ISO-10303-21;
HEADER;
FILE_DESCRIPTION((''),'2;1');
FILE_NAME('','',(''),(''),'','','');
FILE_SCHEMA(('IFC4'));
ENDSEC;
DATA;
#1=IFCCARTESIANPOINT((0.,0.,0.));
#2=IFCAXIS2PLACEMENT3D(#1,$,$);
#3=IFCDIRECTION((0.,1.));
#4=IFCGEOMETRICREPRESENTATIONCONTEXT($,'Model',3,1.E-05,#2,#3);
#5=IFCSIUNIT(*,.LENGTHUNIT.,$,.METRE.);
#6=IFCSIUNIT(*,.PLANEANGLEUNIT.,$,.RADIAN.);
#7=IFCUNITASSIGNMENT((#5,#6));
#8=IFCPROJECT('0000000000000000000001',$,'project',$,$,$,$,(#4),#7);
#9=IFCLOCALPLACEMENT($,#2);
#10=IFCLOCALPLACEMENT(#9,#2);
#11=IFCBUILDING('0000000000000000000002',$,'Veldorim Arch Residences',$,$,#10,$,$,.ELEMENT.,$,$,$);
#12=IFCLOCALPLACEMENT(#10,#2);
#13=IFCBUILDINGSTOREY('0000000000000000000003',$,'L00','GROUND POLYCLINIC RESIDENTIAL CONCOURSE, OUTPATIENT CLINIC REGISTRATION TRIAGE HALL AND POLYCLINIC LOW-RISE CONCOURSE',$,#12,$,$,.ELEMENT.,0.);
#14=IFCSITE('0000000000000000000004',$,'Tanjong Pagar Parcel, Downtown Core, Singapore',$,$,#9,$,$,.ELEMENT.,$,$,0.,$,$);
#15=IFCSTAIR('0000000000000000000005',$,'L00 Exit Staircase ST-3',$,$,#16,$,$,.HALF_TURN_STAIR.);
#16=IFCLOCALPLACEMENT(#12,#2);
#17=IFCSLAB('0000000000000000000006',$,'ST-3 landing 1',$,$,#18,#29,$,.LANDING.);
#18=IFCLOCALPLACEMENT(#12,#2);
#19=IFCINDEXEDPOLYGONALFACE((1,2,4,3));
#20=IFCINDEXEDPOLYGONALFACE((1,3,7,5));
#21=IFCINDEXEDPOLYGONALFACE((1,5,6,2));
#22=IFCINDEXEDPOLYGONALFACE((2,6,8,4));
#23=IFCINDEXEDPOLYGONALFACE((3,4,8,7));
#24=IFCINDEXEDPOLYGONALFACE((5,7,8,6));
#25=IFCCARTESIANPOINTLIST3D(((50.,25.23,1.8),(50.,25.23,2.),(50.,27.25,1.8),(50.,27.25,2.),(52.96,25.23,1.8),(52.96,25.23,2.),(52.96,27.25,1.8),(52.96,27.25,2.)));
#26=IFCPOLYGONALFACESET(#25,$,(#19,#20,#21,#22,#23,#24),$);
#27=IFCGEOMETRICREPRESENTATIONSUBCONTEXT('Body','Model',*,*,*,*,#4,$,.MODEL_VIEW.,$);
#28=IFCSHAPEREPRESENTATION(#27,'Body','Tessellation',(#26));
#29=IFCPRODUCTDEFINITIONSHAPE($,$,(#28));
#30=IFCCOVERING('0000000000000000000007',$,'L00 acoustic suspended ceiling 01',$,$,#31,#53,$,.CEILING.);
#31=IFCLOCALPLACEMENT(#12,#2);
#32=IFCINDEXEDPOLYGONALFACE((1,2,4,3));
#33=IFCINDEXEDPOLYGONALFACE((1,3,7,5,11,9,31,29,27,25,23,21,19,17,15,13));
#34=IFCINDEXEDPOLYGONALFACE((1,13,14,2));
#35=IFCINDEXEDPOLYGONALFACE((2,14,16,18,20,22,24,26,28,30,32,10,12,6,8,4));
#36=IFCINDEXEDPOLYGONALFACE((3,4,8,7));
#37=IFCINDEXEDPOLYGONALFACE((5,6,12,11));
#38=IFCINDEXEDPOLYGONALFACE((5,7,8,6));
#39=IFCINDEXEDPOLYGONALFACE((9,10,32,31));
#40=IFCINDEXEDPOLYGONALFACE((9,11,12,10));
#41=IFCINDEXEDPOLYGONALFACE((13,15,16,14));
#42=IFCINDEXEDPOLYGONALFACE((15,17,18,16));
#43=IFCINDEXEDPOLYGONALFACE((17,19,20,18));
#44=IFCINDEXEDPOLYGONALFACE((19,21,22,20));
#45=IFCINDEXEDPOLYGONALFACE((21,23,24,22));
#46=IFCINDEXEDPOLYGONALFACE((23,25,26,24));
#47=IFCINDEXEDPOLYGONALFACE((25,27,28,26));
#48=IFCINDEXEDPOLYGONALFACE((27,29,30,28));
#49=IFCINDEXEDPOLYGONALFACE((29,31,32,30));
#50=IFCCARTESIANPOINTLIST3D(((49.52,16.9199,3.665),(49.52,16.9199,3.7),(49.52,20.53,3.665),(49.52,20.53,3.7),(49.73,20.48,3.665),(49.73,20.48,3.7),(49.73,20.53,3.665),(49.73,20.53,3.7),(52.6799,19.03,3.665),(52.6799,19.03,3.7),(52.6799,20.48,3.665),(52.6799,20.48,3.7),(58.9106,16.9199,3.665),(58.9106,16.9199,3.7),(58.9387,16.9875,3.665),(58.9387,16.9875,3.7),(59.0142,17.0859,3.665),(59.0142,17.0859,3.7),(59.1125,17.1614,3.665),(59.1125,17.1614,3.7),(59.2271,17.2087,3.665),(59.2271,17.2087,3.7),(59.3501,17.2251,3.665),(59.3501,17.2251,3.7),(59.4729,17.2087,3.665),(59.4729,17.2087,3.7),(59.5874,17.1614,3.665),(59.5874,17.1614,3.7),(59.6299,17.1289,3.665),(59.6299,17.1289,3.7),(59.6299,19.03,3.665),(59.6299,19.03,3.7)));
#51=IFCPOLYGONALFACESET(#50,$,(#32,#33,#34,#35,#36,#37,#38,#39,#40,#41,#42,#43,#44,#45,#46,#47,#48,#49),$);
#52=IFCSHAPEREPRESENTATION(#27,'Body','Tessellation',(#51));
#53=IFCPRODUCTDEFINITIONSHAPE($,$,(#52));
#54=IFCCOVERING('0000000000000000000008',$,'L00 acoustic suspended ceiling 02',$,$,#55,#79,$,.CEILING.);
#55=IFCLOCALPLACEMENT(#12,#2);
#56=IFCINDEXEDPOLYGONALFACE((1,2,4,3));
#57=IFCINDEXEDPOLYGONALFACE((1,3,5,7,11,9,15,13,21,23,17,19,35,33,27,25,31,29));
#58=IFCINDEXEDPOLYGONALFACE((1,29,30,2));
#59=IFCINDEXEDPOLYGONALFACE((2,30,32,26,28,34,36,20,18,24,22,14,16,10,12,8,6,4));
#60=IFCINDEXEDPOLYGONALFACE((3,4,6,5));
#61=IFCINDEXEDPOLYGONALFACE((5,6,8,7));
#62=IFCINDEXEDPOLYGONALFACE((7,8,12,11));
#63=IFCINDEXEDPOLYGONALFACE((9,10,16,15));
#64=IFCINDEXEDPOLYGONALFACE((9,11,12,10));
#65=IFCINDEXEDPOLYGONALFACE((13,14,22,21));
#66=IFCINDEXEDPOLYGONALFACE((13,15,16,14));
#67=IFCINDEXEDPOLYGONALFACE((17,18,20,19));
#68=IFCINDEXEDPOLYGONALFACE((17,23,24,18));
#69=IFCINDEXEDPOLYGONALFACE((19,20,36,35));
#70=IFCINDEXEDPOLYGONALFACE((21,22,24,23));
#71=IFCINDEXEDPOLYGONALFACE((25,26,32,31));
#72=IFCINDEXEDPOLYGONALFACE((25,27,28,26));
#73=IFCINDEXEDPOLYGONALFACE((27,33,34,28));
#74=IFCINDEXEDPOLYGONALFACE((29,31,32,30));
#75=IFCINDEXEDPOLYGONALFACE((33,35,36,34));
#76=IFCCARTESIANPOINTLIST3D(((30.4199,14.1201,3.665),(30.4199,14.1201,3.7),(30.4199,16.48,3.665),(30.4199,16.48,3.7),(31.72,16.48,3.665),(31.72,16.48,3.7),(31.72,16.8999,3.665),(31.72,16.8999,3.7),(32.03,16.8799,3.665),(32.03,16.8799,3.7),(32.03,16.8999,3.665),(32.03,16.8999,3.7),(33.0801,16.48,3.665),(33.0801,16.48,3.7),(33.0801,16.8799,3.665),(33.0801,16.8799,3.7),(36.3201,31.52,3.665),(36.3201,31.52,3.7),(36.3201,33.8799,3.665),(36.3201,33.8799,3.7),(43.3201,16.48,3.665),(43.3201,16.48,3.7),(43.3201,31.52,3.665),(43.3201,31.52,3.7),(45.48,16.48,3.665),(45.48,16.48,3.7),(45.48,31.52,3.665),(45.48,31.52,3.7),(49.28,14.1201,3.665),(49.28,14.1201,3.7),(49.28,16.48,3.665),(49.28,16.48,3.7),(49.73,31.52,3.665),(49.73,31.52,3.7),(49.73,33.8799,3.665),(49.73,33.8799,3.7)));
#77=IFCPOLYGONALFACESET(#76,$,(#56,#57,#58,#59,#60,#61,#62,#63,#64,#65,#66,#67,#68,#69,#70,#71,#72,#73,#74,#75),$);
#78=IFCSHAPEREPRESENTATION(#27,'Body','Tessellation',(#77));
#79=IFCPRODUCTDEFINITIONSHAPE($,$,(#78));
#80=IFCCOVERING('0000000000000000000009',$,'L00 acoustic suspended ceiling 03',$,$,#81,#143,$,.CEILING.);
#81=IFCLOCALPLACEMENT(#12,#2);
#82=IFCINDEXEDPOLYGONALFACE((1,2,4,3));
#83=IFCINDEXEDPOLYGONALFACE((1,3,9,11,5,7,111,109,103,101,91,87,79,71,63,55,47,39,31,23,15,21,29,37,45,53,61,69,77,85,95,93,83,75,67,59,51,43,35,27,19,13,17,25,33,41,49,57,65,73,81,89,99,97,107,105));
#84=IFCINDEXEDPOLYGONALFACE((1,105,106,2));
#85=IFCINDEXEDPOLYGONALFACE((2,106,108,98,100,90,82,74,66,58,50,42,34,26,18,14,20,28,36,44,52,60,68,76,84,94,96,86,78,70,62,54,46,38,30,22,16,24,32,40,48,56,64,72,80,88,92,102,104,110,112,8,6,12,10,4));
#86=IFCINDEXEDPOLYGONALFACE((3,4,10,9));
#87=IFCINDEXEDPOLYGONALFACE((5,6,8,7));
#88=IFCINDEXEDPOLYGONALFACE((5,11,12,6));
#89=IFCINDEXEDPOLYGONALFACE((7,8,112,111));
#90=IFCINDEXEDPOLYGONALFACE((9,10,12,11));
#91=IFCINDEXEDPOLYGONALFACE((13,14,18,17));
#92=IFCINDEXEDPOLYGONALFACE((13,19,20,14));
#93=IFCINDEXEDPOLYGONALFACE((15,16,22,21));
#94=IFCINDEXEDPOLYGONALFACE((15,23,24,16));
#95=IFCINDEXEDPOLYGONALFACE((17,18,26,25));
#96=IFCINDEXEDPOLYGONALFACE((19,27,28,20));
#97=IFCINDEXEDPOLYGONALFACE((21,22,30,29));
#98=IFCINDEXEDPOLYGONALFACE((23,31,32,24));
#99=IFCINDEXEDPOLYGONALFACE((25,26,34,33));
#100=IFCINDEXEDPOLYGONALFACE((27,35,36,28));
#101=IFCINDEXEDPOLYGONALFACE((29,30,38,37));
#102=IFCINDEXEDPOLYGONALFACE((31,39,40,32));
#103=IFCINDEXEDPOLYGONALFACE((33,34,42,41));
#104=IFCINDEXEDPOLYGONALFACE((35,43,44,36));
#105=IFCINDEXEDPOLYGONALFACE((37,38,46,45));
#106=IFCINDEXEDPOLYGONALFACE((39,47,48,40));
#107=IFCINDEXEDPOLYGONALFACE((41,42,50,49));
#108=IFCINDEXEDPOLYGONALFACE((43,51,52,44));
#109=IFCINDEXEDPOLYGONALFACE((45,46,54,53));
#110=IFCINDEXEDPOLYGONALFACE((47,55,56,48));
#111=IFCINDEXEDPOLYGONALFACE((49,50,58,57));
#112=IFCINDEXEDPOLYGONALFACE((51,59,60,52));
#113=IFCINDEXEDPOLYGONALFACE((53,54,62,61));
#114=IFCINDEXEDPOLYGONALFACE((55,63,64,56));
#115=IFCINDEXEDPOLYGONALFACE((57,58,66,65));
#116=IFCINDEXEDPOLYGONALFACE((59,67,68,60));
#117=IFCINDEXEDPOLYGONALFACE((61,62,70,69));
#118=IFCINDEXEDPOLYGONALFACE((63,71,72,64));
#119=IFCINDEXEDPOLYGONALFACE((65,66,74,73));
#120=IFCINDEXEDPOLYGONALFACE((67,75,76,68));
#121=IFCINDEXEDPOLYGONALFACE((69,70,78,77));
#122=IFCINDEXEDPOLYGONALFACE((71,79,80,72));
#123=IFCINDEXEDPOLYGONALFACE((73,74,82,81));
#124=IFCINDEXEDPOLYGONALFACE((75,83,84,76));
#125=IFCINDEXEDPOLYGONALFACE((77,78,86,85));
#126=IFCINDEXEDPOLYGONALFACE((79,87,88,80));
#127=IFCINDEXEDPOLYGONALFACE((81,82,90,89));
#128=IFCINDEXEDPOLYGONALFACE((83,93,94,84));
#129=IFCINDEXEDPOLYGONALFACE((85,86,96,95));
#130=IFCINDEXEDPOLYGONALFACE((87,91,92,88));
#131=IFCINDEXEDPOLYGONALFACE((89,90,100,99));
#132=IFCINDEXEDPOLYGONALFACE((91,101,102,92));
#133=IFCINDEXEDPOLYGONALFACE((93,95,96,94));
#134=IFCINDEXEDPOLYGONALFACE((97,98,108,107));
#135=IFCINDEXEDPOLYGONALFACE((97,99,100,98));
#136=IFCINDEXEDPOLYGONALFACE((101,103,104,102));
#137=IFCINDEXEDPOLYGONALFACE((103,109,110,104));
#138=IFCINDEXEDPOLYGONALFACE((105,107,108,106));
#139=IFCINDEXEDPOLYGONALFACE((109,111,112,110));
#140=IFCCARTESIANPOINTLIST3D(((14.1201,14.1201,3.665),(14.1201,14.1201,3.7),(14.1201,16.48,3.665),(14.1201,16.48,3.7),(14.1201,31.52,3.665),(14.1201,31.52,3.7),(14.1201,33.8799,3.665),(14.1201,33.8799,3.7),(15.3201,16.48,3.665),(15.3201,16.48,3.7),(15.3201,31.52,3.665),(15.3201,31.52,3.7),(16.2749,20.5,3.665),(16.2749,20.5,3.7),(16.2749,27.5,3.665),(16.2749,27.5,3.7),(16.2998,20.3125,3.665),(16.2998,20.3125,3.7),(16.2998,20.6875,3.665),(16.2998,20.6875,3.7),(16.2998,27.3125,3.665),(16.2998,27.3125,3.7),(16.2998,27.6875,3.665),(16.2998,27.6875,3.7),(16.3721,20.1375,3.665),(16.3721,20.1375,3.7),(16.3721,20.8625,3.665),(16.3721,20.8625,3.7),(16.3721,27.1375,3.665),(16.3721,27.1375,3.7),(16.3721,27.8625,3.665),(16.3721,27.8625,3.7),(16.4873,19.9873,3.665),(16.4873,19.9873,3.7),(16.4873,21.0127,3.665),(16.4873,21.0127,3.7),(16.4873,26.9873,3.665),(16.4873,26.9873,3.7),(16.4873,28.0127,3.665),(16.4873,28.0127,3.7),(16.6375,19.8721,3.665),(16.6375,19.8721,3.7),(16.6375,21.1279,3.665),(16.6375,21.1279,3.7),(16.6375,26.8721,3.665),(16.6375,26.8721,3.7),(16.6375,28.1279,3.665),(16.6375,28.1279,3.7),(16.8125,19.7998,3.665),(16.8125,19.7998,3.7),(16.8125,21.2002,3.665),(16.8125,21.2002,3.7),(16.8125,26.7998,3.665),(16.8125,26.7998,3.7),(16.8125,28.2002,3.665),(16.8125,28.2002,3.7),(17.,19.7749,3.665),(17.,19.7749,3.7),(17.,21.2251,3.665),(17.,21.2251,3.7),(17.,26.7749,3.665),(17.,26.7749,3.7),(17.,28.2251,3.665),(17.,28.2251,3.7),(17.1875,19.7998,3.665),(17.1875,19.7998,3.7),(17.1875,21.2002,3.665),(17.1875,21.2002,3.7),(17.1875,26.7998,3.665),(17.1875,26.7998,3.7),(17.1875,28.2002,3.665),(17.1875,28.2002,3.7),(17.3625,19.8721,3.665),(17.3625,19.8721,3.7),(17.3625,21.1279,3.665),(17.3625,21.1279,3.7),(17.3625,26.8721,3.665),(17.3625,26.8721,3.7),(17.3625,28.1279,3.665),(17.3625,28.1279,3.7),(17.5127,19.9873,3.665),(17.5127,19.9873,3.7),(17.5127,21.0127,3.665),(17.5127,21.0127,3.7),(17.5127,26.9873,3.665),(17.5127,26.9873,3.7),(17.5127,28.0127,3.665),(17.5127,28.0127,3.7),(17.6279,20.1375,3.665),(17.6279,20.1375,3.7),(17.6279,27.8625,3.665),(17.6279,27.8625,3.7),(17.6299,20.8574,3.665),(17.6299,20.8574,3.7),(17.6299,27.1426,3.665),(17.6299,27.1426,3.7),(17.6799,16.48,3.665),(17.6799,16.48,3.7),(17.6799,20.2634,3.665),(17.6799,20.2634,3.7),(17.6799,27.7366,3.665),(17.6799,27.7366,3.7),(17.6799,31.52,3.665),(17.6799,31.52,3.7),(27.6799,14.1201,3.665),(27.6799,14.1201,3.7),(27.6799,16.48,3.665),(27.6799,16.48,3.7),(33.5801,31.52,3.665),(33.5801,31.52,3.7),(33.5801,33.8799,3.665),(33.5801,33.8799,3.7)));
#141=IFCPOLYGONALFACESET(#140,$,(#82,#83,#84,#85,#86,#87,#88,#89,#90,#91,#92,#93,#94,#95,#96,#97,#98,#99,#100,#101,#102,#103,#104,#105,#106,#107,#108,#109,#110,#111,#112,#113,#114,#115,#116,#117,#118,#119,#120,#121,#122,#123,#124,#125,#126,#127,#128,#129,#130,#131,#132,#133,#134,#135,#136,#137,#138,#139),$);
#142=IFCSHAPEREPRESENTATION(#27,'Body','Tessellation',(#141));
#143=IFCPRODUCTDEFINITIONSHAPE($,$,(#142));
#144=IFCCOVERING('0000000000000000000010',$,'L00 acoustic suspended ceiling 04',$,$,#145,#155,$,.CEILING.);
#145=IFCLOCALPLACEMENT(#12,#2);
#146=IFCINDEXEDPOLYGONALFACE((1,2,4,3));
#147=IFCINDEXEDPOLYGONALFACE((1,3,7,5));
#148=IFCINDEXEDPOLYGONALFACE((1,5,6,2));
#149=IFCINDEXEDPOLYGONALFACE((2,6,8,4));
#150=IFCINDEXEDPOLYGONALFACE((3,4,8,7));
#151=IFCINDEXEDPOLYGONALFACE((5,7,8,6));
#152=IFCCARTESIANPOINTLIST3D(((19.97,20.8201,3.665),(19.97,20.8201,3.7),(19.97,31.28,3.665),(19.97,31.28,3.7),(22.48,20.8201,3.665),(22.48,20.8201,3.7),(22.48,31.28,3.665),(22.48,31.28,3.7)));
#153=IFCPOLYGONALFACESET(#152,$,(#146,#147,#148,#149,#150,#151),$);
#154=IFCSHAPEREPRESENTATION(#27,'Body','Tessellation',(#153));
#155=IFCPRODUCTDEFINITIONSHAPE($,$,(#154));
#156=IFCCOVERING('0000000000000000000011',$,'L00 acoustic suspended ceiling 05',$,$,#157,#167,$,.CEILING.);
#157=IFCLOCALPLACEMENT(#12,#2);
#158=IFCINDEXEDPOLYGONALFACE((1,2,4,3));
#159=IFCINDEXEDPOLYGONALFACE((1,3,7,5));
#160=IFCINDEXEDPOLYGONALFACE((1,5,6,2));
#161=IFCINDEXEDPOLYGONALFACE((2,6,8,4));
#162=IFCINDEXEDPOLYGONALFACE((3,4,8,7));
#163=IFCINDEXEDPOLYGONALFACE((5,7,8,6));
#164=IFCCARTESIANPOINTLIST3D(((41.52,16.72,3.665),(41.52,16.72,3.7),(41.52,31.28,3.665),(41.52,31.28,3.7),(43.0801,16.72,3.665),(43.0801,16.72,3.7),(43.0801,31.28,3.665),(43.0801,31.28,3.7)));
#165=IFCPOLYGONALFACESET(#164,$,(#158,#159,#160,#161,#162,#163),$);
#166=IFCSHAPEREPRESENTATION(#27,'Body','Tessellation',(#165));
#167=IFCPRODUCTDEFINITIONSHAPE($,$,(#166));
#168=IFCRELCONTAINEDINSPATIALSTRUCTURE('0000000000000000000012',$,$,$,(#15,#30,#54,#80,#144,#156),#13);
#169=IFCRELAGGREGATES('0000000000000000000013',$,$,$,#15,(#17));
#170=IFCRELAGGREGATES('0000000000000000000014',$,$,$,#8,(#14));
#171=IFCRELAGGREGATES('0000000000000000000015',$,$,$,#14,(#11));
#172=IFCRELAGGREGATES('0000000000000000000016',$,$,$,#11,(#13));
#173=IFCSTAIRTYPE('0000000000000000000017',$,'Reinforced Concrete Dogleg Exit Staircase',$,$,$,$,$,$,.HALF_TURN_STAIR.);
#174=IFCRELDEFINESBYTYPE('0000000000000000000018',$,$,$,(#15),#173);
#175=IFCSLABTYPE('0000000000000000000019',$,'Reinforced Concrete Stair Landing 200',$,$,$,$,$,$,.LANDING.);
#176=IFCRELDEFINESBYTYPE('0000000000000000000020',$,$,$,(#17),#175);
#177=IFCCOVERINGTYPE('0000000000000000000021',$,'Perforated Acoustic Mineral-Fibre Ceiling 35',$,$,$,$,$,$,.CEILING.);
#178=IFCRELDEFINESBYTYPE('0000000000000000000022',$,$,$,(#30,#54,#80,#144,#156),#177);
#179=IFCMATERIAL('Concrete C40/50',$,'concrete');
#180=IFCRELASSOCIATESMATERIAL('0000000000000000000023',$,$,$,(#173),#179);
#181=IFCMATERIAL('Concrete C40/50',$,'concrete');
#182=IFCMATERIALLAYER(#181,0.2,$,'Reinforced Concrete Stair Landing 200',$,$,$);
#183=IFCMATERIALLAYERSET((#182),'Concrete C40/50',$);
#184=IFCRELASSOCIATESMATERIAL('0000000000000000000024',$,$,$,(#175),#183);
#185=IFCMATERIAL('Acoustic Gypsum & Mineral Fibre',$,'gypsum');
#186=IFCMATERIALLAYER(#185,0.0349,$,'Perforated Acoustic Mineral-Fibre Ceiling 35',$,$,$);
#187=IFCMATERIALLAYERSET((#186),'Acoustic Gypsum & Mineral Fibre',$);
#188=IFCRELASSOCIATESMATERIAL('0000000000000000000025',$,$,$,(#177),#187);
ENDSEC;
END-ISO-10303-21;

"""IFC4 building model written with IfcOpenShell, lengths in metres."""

from ifc_helpers import new_model, si_unit, direction, frame, origin, place, context, subcontext, project, spatial, polyline, outline, extrude, material, layer, layer_set, type_object, element, aggregate, save


model = new_model("IFC4")

# Units and contexts
model_context = context("Model", 3, precision=1e-05, world=origin(), true_north=direction((0.0, 1.0)))
body_context = subcontext(model_context, "Body", "Model", "MODEL_VIEW")
ifc_project = project(units=[si_unit("LENGTHUNIT", "METRE"), si_unit("PLANEANGLEUNIT", "RADIAN")], contexts=[model_context])

# Site, building, storey
site_placement = place(None, origin())
site = spatial("IfcSite", under=ifc_project, at=site_placement, Name="Tanjong Pagar Parcel, Downtown Core, Singapore", CompositionType="ELEMENT", RefElevation=0.0)
building_placement = place(site_placement, origin())
building = spatial("IfcBuilding", under=site, at=building_placement, Name="Veldorim Arch Residences", CompositionType="ELEMENT")
storey_placement = place(building_placement, origin())
storey = spatial("IfcBuildingStorey", under=building, at=storey_placement, Name="L00", Description="GROUND POLYCLINIC RESIDENTIAL CONCOURSE, OUTPATIENT CLINIC REGISTRATION TRIAGE HALL AND POLYCLINIC LOW-RISE CONCOURSE", CompositionType="ELEMENT", Elevation=0.0)

# Stair, slab
ifc_material_1 = material(Name="Concrete C40/50", Category="concrete")
stair_type = type_object("IfcStairType", Name="Reinforced Concrete Dogleg Exit Staircase", PredefinedType="HALF_TURN_STAIR", material=ifc_material_1)
ifc_material_2 = material(Name="Concrete C40/50", Category="concrete")
ifc_layer_1 = layer(ifc_material_2, 0.2, Name="Reinforced Concrete Stair Landing 200")
ifc_layer_set_1 = layer_set([ifc_layer_1], Name="Concrete C40/50")
slab_type_1 = type_object("IfcSlabType", Name="Reinforced Concrete Stair Landing 200", PredefinedType="LANDING", material=ifc_layer_set_1)
stair_1_placement = place(storey_placement, origin())
stair_1 = element("IfcStair", 1, at=stair_1_placement, inside=storey, type_object=stair_type, Name="L00 Exit Staircase ST-3", PredefinedType="HALF_TURN_STAIR")
slab_1_placement = place(storey_placement, frame((0.0, 0.0, 1.8)))
slab_1 = element("IfcSlab", 2, at=slab_1_placement, type_object=slab_type_1, Name="ST-3 landing 1", PredefinedType="LANDING", context=body_context, shape_type="SweptSolid", body=[
    extrude(outline(polyline([(52.96, 25.23), (52.96, 27.25), (50.0, 27.25), (50.0, 25.23), (52.96, 25.23)])), origin(), (0.0, 0.0, 1.0), 0.2),
])
aggregate(stair_1, [slab_1])

# Coverings
ifc_material_3 = material(Name="Acoustic Gypsum & Mineral Fibre", Category="gypsum")
ifc_layer_2 = layer(ifc_material_3, 0.0349, Name="Perforated Acoustic Mineral-Fibre Ceiling 35")
ifc_layer_set_2 = layer_set([ifc_layer_2], Name="Acoustic Gypsum & Mineral Fibre")
covering_type_1 = type_object("IfcCoveringType", Name="Perforated Acoustic Mineral-Fibre Ceiling 35", PredefinedType="CEILING", material=ifc_layer_set_2)
covering_1_placement = place(storey_placement, frame((0.0, 0.0, 3.665)))
element("IfcCovering", 3, at=covering_1_placement, inside=storey, type_object=covering_type_1, Name="L00 acoustic suspended ceiling 01", PredefinedType="CEILING", context=body_context, shape_type="SweptSolid", body=[
    extrude(outline(polyline([(49.52, 20.53), (49.73, 20.53), (49.73, 20.48), (52.6799, 20.48), (52.6799, 19.03), (59.6299, 19.03), (59.6299, 17.1289), (59.5874, 17.1614), (59.4729, 17.2087), (59.3501, 17.2251), (59.2271, 17.2087), (59.1125, 17.1614), (59.0142, 17.0859), (58.9387, 16.9875), (58.9106, 16.9199), (49.52, 16.9199), (49.52, 20.53)])), origin(), (0.0, 0.0, 1.0), 0.0349),
])
covering_2_placement = place(storey_placement, frame((0.0, 0.0, 3.665)))
element("IfcCovering", 4, at=covering_2_placement, inside=storey, type_object=covering_type_1, Name="L00 acoustic suspended ceiling 02", PredefinedType="CEILING", context=body_context, shape_type="SweptSolid", body=[
    extrude(outline(polyline([(32.03, 16.8799), (33.0801, 16.8799), (33.0801, 16.48), (43.3201, 16.48), (43.3201, 31.52), (36.3201, 31.52), (36.3201, 33.8799), (49.73, 33.8799), (49.73, 31.52), (45.48, 31.52), (45.48, 16.48), (49.28, 16.48), (49.28, 14.1201), (30.4199, 14.1201), (30.4199, 16.48), (31.72, 16.48), (31.72, 16.8999), (32.03, 16.8999), (32.03, 16.8799)])), origin(), (0.0, 0.0, 1.0), 0.0349),
])
covering_3_placement = place(storey_placement, frame((0.0, 0.0, 3.665)))
element("IfcCovering", 5, at=covering_3_placement, inside=storey, type_object=covering_type_1, Name="L00 acoustic suspended ceiling 03", PredefinedType="CEILING", context=body_context, shape_type="SweptSolid", body=[
    extrude(outline(polyline([(17.6799, 16.48), (27.6799, 16.48), (27.6799, 14.1201), (14.1201, 14.1201), (14.1201, 16.48), (15.3201, 16.48), (15.3201, 31.52), (14.1201, 31.52), (14.1201, 33.8799), (33.5801, 33.8799), (33.5801, 31.52), (17.6799, 31.52), (17.6799, 27.7366), (17.6279, 27.8625), (17.5127, 28.0127), (17.3625, 28.1279), (17.1875, 28.2002), (17.0, 28.2251), (16.8125, 28.2002), (16.6375, 28.1279), (16.4873, 28.0127), (16.3721, 27.8625), (16.2998, 27.6875), (16.2749, 27.5), (16.2998, 27.3125), (16.3721, 27.1375), (16.4873, 26.9873), (16.6375, 26.8721), (16.8125, 26.7998), (17.0, 26.7749), (17.1875, 26.7998), (17.3625, 26.8721), (17.5127, 26.9873), (17.6299, 27.1426), (17.6299, 20.8574), (17.5127, 21.0127), (17.3625, 21.1279), (17.1875, 21.2002), (17.0, 21.2251), (16.8125, 21.2002), (16.6375, 21.1279), (16.4873, 21.0127), (16.3721, 20.8625), (16.2998, 20.6875), (16.2749, 20.5), (16.2998, 20.3125), (16.3721, 20.1375), (16.4873, 19.9873), (16.6375, 19.8721), (16.8125, 19.7998), (17.0, 19.7749), (17.1875, 19.7998), (17.3625, 19.8721), (17.5127, 19.9873), (17.6279, 20.1375), (17.6799, 20.2634), (17.6799, 16.48)])), origin(), (0.0, 0.0, 1.0), 0.0349),
])
covering_4_placement = place(storey_placement, frame((0.0, 0.0, 3.665)))
element("IfcCovering", 6, at=covering_4_placement, inside=storey, type_object=covering_type_1, Name="L00 acoustic suspended ceiling 04", PredefinedType="CEILING", context=body_context, shape_type="SweptSolid", body=[
    extrude(outline(polyline([(22.48, 31.28), (22.48, 20.8201), (19.97, 20.8201), (19.97, 31.28), (22.48, 31.28)])), origin(), (0.0, 0.0, 1.0), 0.0349),
])
covering_5_placement = place(storey_placement, frame((0.0, 0.0, 3.665)))
element("IfcCovering", 7, at=covering_5_placement, inside=storey, type_object=covering_type_1, Name="L00 acoustic suspended ceiling 05", PredefinedType="CEILING", context=body_context, shape_type="SweptSolid", body=[
    extrude(outline(polyline([(43.0801, 16.72), (41.52, 16.72), (41.52, 31.28), (43.0801, 31.28), (43.0801, 16.72)])), origin(), (0.0, 0.0, 1.0), 0.0349),
])

save(model, "model.ifc")
